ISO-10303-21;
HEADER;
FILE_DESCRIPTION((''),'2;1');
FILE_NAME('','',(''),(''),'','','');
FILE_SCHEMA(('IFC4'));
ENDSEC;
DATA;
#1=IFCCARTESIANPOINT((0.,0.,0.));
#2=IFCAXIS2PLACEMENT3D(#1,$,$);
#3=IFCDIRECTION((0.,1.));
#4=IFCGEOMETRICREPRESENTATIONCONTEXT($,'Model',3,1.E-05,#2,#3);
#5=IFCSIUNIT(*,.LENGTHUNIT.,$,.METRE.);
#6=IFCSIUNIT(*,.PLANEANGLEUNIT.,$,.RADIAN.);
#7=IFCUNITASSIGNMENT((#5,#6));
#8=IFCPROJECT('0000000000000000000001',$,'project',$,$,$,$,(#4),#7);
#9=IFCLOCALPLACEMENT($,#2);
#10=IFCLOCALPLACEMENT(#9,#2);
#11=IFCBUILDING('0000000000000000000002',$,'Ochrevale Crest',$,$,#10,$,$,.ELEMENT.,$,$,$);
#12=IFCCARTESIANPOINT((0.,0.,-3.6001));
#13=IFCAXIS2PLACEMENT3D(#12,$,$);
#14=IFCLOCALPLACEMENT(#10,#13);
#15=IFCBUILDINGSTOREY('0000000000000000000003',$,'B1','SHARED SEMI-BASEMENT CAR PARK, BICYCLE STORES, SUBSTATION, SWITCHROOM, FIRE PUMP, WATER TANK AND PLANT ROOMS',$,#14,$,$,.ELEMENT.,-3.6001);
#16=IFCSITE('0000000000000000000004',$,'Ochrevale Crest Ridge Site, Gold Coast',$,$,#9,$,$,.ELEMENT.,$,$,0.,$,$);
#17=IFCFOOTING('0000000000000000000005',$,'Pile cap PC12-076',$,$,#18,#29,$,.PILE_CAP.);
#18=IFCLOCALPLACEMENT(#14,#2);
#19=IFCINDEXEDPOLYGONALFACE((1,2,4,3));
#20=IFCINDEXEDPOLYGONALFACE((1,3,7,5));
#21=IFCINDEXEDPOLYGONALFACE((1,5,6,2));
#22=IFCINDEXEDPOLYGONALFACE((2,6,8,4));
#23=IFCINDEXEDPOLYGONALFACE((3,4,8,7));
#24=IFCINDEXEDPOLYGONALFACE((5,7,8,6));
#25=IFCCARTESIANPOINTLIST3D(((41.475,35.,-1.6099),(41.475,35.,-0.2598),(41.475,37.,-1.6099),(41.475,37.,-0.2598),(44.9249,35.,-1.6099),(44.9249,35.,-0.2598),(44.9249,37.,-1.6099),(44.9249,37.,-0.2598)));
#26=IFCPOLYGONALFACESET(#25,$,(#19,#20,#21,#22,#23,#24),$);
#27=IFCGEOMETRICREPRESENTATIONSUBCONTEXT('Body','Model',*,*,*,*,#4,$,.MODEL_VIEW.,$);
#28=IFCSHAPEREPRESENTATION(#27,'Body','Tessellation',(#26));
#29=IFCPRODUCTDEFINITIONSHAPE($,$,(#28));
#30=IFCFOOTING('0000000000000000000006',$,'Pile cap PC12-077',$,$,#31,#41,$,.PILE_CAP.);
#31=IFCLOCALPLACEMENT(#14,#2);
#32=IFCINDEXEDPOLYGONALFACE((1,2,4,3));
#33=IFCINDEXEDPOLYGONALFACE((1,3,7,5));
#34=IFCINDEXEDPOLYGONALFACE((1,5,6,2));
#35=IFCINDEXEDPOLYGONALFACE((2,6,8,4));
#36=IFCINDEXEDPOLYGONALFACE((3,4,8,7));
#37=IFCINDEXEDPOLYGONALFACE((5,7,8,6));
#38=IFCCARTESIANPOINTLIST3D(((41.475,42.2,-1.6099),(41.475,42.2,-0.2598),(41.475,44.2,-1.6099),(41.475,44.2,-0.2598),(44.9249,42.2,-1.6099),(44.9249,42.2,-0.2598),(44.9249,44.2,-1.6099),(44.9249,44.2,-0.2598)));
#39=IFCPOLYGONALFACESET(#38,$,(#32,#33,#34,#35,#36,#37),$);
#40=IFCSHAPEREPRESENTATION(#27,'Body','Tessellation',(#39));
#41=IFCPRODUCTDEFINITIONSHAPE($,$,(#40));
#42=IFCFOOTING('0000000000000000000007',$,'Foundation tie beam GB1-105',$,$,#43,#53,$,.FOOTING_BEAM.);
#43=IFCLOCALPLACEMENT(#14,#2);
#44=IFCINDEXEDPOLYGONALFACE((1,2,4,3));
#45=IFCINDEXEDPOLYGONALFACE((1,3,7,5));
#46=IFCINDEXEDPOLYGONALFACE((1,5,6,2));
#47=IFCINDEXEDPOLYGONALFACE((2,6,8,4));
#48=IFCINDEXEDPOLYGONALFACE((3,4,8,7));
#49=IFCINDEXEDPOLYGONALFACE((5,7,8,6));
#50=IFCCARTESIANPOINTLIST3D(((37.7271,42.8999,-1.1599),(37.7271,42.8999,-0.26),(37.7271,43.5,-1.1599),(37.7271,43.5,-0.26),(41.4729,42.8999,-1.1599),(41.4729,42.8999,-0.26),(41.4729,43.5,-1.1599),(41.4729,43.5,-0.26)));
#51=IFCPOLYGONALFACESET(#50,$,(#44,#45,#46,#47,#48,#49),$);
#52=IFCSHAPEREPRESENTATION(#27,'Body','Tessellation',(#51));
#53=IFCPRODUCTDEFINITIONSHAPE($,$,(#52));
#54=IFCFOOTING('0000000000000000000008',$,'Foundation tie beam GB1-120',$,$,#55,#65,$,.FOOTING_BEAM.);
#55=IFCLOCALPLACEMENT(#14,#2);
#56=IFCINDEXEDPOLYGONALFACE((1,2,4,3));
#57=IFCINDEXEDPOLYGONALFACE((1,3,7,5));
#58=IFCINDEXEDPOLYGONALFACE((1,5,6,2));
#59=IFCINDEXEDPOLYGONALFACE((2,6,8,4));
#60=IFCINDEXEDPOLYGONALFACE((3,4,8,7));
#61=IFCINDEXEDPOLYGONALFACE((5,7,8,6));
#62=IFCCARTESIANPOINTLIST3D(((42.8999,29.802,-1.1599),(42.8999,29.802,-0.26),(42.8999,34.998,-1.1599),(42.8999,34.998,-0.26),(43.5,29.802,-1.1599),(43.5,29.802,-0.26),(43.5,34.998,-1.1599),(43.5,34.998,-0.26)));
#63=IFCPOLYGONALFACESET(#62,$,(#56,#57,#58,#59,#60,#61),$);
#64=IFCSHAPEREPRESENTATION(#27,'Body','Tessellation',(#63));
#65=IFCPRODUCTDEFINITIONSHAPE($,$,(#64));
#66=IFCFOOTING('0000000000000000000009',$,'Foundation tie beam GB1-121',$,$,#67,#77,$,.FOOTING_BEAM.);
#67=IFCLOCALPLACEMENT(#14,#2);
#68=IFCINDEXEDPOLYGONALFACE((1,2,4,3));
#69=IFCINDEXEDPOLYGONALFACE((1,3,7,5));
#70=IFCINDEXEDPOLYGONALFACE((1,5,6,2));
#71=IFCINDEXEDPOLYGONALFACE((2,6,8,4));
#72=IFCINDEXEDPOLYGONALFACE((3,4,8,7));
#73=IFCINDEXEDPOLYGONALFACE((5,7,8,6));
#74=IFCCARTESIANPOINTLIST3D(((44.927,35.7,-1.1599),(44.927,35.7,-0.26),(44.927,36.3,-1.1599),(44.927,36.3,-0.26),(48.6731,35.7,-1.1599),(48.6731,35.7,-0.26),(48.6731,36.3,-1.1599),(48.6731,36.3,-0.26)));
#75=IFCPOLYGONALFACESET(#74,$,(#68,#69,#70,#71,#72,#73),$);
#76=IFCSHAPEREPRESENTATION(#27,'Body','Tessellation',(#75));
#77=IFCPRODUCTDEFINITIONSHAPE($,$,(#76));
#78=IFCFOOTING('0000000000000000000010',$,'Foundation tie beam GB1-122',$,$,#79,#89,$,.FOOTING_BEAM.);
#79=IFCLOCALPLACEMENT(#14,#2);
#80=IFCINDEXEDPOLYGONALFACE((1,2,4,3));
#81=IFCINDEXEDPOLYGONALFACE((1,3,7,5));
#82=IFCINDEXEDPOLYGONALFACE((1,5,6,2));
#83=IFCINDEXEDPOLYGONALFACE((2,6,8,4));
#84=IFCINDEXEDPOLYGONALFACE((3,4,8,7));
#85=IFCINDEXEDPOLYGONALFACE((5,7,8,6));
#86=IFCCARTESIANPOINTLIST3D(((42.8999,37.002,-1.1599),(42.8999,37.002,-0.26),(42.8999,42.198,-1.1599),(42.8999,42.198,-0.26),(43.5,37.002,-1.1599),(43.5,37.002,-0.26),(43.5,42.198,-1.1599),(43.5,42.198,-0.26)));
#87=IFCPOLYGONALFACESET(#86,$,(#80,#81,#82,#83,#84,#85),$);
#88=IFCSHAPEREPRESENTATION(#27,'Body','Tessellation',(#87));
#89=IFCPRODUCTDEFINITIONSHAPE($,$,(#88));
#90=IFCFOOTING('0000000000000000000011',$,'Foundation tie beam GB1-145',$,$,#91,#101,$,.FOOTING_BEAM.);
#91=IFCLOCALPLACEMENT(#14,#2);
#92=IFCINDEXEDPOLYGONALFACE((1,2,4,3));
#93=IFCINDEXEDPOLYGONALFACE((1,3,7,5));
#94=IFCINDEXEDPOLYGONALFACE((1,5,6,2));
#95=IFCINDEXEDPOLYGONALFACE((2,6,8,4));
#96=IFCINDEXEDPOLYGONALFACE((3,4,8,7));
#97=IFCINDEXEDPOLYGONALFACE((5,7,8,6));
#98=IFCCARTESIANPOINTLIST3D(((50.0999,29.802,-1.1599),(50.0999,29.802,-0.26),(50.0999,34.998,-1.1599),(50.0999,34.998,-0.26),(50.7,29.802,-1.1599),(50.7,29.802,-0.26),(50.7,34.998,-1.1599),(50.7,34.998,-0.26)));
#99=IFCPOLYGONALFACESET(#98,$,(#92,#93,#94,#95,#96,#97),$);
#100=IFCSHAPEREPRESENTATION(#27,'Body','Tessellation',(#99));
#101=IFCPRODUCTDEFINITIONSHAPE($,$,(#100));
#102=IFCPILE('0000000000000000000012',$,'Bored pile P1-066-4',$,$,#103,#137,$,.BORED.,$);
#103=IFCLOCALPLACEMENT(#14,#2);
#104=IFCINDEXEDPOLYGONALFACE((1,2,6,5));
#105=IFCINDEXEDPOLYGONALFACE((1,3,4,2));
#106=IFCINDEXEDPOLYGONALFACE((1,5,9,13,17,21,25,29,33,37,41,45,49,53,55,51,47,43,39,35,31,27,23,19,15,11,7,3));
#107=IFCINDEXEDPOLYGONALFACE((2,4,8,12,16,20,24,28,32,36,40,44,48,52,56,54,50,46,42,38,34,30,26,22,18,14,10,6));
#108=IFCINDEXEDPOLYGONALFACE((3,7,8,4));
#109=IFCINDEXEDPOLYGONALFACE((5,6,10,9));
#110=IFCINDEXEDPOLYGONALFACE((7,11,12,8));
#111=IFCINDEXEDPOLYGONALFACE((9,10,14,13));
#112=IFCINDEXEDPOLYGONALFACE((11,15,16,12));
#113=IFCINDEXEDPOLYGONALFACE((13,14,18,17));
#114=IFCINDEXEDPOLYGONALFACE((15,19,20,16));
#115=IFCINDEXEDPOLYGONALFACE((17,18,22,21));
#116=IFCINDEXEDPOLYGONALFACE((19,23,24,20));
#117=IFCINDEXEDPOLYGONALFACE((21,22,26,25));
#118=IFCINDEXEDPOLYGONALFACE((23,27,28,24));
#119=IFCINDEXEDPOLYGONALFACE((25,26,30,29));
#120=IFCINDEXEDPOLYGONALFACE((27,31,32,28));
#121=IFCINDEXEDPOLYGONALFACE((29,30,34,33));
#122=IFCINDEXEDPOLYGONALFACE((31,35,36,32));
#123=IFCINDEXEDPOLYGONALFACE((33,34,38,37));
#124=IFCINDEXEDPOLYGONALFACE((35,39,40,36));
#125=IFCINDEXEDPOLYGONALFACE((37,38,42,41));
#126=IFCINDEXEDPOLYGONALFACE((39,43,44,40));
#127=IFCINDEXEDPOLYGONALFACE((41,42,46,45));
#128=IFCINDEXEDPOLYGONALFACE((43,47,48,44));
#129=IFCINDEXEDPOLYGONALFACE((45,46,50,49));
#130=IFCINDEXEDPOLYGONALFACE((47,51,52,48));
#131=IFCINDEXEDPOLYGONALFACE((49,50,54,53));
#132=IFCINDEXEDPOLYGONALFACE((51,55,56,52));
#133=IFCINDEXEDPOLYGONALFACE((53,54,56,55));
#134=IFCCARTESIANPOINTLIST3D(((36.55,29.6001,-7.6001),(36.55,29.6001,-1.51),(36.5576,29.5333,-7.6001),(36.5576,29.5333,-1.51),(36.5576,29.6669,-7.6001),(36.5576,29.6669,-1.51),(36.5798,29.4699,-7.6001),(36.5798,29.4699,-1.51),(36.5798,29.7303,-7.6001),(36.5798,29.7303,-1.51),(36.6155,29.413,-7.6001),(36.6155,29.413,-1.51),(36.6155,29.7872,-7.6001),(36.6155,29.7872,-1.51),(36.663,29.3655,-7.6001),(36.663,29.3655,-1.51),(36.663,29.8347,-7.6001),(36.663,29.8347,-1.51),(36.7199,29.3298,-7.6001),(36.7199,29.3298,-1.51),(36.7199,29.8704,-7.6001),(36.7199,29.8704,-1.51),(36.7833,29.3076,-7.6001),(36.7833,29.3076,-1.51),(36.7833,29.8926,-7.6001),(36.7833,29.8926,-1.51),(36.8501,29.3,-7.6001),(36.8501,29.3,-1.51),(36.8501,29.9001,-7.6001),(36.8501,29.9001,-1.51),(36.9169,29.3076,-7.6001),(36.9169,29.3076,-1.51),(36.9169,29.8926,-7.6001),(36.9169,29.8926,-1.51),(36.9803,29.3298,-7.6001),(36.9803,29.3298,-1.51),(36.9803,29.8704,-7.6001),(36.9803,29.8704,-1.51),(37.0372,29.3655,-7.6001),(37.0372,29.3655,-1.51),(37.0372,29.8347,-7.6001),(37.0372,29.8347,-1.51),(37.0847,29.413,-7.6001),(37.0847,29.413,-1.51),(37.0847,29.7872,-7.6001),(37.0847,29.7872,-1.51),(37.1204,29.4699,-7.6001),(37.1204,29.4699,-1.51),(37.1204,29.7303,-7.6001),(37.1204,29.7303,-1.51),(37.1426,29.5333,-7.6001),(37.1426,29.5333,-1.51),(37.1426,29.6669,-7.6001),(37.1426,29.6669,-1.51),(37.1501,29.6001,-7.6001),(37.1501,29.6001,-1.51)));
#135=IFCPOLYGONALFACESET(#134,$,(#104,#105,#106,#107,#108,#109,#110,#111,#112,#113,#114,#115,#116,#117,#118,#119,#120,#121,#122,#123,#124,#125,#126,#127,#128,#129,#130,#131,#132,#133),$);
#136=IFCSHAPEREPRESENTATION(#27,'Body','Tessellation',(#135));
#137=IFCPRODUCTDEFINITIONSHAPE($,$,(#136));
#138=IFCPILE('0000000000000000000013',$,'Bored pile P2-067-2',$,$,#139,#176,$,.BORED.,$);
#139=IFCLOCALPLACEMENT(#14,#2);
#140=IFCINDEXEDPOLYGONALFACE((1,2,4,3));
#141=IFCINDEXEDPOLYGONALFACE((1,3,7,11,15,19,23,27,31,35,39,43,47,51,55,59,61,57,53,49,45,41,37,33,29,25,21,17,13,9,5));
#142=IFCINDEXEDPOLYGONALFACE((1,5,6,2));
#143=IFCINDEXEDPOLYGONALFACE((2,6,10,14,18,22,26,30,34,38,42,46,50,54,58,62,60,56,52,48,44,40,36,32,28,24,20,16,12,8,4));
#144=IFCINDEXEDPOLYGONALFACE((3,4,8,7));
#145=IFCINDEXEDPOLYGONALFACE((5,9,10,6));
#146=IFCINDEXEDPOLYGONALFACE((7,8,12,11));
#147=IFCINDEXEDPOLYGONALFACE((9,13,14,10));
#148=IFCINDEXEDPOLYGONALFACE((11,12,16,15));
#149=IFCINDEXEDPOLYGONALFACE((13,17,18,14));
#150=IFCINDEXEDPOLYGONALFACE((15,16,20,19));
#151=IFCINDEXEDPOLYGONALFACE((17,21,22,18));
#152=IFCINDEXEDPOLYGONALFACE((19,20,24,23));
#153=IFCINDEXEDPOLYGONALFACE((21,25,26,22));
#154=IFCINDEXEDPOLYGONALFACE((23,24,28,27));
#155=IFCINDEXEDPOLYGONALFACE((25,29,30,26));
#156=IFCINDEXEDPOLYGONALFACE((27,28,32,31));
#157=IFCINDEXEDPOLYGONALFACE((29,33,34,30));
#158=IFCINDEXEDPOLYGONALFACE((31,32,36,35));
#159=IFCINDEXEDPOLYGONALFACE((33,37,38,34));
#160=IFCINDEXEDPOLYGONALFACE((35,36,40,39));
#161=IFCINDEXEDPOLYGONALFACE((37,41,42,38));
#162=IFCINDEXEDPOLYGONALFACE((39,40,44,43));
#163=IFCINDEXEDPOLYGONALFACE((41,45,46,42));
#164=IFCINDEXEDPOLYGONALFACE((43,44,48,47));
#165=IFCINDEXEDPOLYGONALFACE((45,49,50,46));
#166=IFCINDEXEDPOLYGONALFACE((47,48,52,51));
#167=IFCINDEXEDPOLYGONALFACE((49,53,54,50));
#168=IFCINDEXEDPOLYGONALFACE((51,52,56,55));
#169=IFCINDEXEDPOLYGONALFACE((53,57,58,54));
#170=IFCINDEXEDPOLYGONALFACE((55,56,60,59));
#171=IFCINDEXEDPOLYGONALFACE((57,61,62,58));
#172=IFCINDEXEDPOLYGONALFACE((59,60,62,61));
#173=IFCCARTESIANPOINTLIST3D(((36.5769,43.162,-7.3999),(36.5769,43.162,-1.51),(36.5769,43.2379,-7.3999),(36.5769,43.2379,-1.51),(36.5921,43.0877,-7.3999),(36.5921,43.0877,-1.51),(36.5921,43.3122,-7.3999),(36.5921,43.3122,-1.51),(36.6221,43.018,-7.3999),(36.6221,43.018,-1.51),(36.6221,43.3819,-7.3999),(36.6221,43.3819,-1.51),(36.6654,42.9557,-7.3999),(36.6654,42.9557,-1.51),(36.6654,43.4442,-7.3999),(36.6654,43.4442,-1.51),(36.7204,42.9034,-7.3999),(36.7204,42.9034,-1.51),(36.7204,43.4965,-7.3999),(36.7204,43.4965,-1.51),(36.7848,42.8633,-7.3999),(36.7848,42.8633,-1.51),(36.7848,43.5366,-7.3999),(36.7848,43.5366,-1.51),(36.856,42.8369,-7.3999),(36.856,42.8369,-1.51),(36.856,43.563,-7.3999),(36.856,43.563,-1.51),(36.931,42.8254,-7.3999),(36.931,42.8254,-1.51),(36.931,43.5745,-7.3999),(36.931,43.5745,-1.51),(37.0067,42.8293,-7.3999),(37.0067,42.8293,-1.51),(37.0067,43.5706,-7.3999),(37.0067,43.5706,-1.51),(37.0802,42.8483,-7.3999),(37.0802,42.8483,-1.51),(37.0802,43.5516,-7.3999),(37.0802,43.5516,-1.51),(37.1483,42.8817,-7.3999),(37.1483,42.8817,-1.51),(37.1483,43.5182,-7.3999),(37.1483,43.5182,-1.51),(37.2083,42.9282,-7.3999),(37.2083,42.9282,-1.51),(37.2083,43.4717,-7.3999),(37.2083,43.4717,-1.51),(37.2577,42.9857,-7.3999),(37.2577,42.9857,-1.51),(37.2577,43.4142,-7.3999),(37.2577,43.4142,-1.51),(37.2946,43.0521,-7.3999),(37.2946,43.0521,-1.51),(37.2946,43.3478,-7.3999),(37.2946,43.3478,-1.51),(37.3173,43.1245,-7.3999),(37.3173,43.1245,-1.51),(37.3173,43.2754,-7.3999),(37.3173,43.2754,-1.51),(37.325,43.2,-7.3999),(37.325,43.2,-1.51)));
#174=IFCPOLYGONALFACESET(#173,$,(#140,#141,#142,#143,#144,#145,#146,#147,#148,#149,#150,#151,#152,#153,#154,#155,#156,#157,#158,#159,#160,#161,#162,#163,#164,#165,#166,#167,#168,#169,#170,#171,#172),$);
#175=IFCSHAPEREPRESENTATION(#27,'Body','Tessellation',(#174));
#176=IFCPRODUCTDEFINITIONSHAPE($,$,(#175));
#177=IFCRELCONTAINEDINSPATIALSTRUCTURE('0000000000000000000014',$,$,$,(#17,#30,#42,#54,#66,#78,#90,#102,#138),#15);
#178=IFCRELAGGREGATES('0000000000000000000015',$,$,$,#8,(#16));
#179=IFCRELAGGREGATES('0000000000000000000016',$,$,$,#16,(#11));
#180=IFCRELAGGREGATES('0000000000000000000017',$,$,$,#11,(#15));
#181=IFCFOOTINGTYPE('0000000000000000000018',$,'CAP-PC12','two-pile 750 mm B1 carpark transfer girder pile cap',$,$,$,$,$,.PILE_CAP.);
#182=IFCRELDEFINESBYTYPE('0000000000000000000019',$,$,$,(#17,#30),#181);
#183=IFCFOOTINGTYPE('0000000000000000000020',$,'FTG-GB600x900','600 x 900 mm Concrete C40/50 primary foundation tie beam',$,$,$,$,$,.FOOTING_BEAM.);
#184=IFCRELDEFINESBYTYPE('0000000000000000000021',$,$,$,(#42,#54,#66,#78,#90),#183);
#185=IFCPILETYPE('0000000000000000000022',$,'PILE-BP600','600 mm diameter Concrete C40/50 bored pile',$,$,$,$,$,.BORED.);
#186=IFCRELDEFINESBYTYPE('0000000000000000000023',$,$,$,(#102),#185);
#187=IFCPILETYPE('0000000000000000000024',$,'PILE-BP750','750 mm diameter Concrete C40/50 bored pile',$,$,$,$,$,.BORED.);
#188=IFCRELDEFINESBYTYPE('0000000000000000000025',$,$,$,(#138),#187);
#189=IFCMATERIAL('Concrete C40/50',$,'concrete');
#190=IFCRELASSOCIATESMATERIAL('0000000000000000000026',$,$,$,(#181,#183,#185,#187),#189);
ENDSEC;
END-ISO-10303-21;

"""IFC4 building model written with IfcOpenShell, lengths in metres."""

from ifc_helpers import new_model, si_unit, direction, frame, origin, origin_2d, place, context, subcontext, project, spatial, rectangle, circle, extrude, material, material_profile, profile_set, type_object, element, save


model = new_model("IFC4")

# Units and contexts
model_context = context("Model", 3, precision=1e-05, world=origin(), true_north=direction((0.0, 1.0)))
body_context = subcontext(model_context, "Body", "Model", "MODEL_VIEW")
ifc_project = project(units=[si_unit("LENGTHUNIT", "METRE"), si_unit("PLANEANGLEUNIT", "RADIAN")], contexts=[model_context])

# Site, building, storey
site_placement = place(None, origin())
site = spatial("IfcSite", under=ifc_project, at=site_placement, Name="Ochrevale Crest Ridge Site, Gold Coast", CompositionType="ELEMENT", RefElevation=0.0)
building_placement = place(site_placement, origin())
building = spatial("IfcBuilding", under=site, at=building_placement, Name="Ochrevale Crest", CompositionType="ELEMENT")
storey_placement = place(building_placement, frame((0.0, 0.0, -3.6001)))
storey = spatial("IfcBuildingStorey", under=building, at=storey_placement, Name="B1", Description="SHARED SEMI-BASEMENT CAR PARK, BICYCLE STORES, SUBSTATION, SWITCHROOM, FIRE PUMP, WATER TANK AND PLANT ROOMS", CompositionType="ELEMENT", Elevation=-3.6001)

# Footings
ifc_material_1 = material(Name="Concrete C40/50", Category="concrete")
footing_type_1 = type_object("IfcFootingType", Name="CAP-PC12", Description="two-pile 750 mm B1 carpark transfer girder pile cap", PredefinedType="PILE_CAP", material=ifc_material_1)
for number, where, z_axis, x_axis, name in (
    (1, (43.2, 36.0, -1.6099), (0.0, 0.0, 1.0), (1.0, 0.0, 0.0), "Pile cap PC12-076"),
    (2, (43.2, 43.2, -1.6099), (0.0, 0.0, 1.0), (1.0, 0.0, 0.0), "Pile cap PC12-077"),
):
    element("IfcFooting", number, at=place(storey_placement, frame(where, z_axis=z_axis, x_axis=x_axis)), inside=storey, type_object=footing_type_1, Name=name, PredefinedType="PILE_CAP", context=body_context, shape_type="SweptSolid", body=[
        extrude(rectangle(XDim=3.45, YDim=2.0, at=origin_2d()), origin(), (0.0, 0.0, 1.0), 1.3501),
    ])
ifc_material_profile_1 = material_profile(ifc_material_1, rectangle(XDim=0.6001, YDim=0.8999, at=origin_2d()), Name="GB 600x900")
ifc_profile_set_1 = profile_set([ifc_material_profile_1], Name="Concrete C40/50")
footing_type_2 = type_object("IfcFootingType", Name="FTG-GB600x900", Description="600 x 900 mm Concrete C40/50 primary foundation tie beam", PredefinedType="FOOTING_BEAM", material=ifc_profile_set_1)
footing_1_placement = place(storey_placement, frame((37.7271, 43.2, -0.71), z_axis=(1.0, 0.0, 0.0), x_axis=(0.0, 1.0, 0.0)))
element("IfcFooting", 3, at=footing_1_placement, inside=storey, type_object=footing_type_2, Name="Foundation tie beam GB1-105", PredefinedType="FOOTING_BEAM", context=body_context, shape_type="SweptSolid", body=[
    extrude(rectangle(XDim=0.6001, YDim=0.8999, at=origin_2d()), origin(), (0.0, 0.0, 1.0), 3.7458),
])
footing_2_placement = place(storey_placement, frame((43.2, 29.802, -0.71), z_axis=(0.0, 1.0, 0.0), x_axis=(-1.0, 0.0, 0.0)))
element("IfcFooting", 4, at=footing_2_placement, inside=storey, type_object=footing_type_2, Name="Foundation tie beam GB1-120", PredefinedType="FOOTING_BEAM", context=body_context, shape_type="SweptSolid", body=[
    extrude(rectangle(XDim=0.6001, YDim=0.8999, at=origin_2d()), origin(), (0.0, 0.0, 1.0), 5.196),
])
footing_3_placement = place(storey_placement, frame((44.927, 36.0, -0.71), z_axis=(1.0, 0.0, 0.0), x_axis=(0.0, 1.0, 0.0)))
element("IfcFooting", 5, at=footing_3_placement, inside=storey, type_object=footing_type_2, Name="Foundation tie beam GB1-121", PredefinedType="FOOTING_BEAM", context=body_context, shape_type="SweptSolid", body=[
    extrude(rectangle(XDim=0.6001, YDim=0.8999, at=origin_2d()), origin(), (0.0, 0.0, 1.0), 3.7461),
])
for number, where, z_axis, x_axis, name in (
    (6, (43.2, 37.002, -0.71), (0.0, 1.0, 0.0), (-1.0, 0.0, 0.0), "Foundation tie beam GB1-122"),
    (7, (50.3999, 29.802, -0.71), (0.0, 1.0, 0.0), (-1.0, 0.0, 0.0), "Foundation tie beam GB1-145"),
):
    element("IfcFooting", number, at=place(storey_placement, frame(where, z_axis=z_axis, x_axis=x_axis)), inside=storey, type_object=footing_type_2, Name=name, PredefinedType="FOOTING_BEAM", context=body_context, shape_type="SweptSolid", body=[
        extrude(rectangle(XDim=0.6001, YDim=0.8999, at=origin_2d()), origin(), (0.0, 0.0, 1.0), 5.196),
    ])

# Piles
ifc_material_profile_2 = material_profile(ifc_material_1, circle(Radius=0.3, at=origin_2d()), Name="BORED PILE 600")
ifc_profile_set_2 = profile_set([ifc_material_profile_2], Name="Concrete C40/50")
pile_type_1 = type_object("IfcPileType", Name="PILE-BP600", Description="600 mm diameter Concrete C40/50 bored pile", PredefinedType="BORED", material=ifc_profile_set_2)
pile_placement = place(storey_placement, frame((36.8501, 29.6001, -1.51), z_axis=(0.0, 0.0, -1.0), x_axis=(1.0, 0.0, 0.0)))
element("IfcPile", 8, at=pile_placement, inside=storey, type_object=pile_type_1, Name="Bored pile P1-066-4", PredefinedType="BORED", context=body_context, shape_type="SweptSolid", body=[
    extrude(circle(Radius=0.3, at=origin_2d()), origin(), (0.0, 0.0, 1.0), 6.0901),
])
ifc_material_profile_3 = material_profile(ifc_material_1, circle(Radius=0.375, at=origin_2d()), Name="BORED PILE 750")
ifc_profile_set_3 = profile_set([ifc_material_profile_3], Name="Concrete C40/50")
pile_type_2 = type_object("IfcPileType", Name="PILE-BP750", Description="750 mm diameter Concrete C40/50 bored pile", PredefinedType="BORED", material=ifc_profile_set_3)
for number, where, z_axis, x_axis, name in (
    (9, (36.95, 43.2, -1.51), (0.0, 0.0, -1.0), (1.0, 0.0, 0.0), "Bored pile P2-067-2"),
):
    element("IfcPile", number, at=place(storey_placement, frame(where, z_axis=z_axis, x_axis=x_axis)), inside=storey, type_object=pile_type_2, Name=name, PredefinedType="BORED", context=body_context, shape_type="SweptSolid", body=[
        extrude(circle(Radius=0.375, at=origin_2d()), origin(), (0.0, 0.0, 1.0), 5.8899),
    ])

save(model, "model.ifc")
